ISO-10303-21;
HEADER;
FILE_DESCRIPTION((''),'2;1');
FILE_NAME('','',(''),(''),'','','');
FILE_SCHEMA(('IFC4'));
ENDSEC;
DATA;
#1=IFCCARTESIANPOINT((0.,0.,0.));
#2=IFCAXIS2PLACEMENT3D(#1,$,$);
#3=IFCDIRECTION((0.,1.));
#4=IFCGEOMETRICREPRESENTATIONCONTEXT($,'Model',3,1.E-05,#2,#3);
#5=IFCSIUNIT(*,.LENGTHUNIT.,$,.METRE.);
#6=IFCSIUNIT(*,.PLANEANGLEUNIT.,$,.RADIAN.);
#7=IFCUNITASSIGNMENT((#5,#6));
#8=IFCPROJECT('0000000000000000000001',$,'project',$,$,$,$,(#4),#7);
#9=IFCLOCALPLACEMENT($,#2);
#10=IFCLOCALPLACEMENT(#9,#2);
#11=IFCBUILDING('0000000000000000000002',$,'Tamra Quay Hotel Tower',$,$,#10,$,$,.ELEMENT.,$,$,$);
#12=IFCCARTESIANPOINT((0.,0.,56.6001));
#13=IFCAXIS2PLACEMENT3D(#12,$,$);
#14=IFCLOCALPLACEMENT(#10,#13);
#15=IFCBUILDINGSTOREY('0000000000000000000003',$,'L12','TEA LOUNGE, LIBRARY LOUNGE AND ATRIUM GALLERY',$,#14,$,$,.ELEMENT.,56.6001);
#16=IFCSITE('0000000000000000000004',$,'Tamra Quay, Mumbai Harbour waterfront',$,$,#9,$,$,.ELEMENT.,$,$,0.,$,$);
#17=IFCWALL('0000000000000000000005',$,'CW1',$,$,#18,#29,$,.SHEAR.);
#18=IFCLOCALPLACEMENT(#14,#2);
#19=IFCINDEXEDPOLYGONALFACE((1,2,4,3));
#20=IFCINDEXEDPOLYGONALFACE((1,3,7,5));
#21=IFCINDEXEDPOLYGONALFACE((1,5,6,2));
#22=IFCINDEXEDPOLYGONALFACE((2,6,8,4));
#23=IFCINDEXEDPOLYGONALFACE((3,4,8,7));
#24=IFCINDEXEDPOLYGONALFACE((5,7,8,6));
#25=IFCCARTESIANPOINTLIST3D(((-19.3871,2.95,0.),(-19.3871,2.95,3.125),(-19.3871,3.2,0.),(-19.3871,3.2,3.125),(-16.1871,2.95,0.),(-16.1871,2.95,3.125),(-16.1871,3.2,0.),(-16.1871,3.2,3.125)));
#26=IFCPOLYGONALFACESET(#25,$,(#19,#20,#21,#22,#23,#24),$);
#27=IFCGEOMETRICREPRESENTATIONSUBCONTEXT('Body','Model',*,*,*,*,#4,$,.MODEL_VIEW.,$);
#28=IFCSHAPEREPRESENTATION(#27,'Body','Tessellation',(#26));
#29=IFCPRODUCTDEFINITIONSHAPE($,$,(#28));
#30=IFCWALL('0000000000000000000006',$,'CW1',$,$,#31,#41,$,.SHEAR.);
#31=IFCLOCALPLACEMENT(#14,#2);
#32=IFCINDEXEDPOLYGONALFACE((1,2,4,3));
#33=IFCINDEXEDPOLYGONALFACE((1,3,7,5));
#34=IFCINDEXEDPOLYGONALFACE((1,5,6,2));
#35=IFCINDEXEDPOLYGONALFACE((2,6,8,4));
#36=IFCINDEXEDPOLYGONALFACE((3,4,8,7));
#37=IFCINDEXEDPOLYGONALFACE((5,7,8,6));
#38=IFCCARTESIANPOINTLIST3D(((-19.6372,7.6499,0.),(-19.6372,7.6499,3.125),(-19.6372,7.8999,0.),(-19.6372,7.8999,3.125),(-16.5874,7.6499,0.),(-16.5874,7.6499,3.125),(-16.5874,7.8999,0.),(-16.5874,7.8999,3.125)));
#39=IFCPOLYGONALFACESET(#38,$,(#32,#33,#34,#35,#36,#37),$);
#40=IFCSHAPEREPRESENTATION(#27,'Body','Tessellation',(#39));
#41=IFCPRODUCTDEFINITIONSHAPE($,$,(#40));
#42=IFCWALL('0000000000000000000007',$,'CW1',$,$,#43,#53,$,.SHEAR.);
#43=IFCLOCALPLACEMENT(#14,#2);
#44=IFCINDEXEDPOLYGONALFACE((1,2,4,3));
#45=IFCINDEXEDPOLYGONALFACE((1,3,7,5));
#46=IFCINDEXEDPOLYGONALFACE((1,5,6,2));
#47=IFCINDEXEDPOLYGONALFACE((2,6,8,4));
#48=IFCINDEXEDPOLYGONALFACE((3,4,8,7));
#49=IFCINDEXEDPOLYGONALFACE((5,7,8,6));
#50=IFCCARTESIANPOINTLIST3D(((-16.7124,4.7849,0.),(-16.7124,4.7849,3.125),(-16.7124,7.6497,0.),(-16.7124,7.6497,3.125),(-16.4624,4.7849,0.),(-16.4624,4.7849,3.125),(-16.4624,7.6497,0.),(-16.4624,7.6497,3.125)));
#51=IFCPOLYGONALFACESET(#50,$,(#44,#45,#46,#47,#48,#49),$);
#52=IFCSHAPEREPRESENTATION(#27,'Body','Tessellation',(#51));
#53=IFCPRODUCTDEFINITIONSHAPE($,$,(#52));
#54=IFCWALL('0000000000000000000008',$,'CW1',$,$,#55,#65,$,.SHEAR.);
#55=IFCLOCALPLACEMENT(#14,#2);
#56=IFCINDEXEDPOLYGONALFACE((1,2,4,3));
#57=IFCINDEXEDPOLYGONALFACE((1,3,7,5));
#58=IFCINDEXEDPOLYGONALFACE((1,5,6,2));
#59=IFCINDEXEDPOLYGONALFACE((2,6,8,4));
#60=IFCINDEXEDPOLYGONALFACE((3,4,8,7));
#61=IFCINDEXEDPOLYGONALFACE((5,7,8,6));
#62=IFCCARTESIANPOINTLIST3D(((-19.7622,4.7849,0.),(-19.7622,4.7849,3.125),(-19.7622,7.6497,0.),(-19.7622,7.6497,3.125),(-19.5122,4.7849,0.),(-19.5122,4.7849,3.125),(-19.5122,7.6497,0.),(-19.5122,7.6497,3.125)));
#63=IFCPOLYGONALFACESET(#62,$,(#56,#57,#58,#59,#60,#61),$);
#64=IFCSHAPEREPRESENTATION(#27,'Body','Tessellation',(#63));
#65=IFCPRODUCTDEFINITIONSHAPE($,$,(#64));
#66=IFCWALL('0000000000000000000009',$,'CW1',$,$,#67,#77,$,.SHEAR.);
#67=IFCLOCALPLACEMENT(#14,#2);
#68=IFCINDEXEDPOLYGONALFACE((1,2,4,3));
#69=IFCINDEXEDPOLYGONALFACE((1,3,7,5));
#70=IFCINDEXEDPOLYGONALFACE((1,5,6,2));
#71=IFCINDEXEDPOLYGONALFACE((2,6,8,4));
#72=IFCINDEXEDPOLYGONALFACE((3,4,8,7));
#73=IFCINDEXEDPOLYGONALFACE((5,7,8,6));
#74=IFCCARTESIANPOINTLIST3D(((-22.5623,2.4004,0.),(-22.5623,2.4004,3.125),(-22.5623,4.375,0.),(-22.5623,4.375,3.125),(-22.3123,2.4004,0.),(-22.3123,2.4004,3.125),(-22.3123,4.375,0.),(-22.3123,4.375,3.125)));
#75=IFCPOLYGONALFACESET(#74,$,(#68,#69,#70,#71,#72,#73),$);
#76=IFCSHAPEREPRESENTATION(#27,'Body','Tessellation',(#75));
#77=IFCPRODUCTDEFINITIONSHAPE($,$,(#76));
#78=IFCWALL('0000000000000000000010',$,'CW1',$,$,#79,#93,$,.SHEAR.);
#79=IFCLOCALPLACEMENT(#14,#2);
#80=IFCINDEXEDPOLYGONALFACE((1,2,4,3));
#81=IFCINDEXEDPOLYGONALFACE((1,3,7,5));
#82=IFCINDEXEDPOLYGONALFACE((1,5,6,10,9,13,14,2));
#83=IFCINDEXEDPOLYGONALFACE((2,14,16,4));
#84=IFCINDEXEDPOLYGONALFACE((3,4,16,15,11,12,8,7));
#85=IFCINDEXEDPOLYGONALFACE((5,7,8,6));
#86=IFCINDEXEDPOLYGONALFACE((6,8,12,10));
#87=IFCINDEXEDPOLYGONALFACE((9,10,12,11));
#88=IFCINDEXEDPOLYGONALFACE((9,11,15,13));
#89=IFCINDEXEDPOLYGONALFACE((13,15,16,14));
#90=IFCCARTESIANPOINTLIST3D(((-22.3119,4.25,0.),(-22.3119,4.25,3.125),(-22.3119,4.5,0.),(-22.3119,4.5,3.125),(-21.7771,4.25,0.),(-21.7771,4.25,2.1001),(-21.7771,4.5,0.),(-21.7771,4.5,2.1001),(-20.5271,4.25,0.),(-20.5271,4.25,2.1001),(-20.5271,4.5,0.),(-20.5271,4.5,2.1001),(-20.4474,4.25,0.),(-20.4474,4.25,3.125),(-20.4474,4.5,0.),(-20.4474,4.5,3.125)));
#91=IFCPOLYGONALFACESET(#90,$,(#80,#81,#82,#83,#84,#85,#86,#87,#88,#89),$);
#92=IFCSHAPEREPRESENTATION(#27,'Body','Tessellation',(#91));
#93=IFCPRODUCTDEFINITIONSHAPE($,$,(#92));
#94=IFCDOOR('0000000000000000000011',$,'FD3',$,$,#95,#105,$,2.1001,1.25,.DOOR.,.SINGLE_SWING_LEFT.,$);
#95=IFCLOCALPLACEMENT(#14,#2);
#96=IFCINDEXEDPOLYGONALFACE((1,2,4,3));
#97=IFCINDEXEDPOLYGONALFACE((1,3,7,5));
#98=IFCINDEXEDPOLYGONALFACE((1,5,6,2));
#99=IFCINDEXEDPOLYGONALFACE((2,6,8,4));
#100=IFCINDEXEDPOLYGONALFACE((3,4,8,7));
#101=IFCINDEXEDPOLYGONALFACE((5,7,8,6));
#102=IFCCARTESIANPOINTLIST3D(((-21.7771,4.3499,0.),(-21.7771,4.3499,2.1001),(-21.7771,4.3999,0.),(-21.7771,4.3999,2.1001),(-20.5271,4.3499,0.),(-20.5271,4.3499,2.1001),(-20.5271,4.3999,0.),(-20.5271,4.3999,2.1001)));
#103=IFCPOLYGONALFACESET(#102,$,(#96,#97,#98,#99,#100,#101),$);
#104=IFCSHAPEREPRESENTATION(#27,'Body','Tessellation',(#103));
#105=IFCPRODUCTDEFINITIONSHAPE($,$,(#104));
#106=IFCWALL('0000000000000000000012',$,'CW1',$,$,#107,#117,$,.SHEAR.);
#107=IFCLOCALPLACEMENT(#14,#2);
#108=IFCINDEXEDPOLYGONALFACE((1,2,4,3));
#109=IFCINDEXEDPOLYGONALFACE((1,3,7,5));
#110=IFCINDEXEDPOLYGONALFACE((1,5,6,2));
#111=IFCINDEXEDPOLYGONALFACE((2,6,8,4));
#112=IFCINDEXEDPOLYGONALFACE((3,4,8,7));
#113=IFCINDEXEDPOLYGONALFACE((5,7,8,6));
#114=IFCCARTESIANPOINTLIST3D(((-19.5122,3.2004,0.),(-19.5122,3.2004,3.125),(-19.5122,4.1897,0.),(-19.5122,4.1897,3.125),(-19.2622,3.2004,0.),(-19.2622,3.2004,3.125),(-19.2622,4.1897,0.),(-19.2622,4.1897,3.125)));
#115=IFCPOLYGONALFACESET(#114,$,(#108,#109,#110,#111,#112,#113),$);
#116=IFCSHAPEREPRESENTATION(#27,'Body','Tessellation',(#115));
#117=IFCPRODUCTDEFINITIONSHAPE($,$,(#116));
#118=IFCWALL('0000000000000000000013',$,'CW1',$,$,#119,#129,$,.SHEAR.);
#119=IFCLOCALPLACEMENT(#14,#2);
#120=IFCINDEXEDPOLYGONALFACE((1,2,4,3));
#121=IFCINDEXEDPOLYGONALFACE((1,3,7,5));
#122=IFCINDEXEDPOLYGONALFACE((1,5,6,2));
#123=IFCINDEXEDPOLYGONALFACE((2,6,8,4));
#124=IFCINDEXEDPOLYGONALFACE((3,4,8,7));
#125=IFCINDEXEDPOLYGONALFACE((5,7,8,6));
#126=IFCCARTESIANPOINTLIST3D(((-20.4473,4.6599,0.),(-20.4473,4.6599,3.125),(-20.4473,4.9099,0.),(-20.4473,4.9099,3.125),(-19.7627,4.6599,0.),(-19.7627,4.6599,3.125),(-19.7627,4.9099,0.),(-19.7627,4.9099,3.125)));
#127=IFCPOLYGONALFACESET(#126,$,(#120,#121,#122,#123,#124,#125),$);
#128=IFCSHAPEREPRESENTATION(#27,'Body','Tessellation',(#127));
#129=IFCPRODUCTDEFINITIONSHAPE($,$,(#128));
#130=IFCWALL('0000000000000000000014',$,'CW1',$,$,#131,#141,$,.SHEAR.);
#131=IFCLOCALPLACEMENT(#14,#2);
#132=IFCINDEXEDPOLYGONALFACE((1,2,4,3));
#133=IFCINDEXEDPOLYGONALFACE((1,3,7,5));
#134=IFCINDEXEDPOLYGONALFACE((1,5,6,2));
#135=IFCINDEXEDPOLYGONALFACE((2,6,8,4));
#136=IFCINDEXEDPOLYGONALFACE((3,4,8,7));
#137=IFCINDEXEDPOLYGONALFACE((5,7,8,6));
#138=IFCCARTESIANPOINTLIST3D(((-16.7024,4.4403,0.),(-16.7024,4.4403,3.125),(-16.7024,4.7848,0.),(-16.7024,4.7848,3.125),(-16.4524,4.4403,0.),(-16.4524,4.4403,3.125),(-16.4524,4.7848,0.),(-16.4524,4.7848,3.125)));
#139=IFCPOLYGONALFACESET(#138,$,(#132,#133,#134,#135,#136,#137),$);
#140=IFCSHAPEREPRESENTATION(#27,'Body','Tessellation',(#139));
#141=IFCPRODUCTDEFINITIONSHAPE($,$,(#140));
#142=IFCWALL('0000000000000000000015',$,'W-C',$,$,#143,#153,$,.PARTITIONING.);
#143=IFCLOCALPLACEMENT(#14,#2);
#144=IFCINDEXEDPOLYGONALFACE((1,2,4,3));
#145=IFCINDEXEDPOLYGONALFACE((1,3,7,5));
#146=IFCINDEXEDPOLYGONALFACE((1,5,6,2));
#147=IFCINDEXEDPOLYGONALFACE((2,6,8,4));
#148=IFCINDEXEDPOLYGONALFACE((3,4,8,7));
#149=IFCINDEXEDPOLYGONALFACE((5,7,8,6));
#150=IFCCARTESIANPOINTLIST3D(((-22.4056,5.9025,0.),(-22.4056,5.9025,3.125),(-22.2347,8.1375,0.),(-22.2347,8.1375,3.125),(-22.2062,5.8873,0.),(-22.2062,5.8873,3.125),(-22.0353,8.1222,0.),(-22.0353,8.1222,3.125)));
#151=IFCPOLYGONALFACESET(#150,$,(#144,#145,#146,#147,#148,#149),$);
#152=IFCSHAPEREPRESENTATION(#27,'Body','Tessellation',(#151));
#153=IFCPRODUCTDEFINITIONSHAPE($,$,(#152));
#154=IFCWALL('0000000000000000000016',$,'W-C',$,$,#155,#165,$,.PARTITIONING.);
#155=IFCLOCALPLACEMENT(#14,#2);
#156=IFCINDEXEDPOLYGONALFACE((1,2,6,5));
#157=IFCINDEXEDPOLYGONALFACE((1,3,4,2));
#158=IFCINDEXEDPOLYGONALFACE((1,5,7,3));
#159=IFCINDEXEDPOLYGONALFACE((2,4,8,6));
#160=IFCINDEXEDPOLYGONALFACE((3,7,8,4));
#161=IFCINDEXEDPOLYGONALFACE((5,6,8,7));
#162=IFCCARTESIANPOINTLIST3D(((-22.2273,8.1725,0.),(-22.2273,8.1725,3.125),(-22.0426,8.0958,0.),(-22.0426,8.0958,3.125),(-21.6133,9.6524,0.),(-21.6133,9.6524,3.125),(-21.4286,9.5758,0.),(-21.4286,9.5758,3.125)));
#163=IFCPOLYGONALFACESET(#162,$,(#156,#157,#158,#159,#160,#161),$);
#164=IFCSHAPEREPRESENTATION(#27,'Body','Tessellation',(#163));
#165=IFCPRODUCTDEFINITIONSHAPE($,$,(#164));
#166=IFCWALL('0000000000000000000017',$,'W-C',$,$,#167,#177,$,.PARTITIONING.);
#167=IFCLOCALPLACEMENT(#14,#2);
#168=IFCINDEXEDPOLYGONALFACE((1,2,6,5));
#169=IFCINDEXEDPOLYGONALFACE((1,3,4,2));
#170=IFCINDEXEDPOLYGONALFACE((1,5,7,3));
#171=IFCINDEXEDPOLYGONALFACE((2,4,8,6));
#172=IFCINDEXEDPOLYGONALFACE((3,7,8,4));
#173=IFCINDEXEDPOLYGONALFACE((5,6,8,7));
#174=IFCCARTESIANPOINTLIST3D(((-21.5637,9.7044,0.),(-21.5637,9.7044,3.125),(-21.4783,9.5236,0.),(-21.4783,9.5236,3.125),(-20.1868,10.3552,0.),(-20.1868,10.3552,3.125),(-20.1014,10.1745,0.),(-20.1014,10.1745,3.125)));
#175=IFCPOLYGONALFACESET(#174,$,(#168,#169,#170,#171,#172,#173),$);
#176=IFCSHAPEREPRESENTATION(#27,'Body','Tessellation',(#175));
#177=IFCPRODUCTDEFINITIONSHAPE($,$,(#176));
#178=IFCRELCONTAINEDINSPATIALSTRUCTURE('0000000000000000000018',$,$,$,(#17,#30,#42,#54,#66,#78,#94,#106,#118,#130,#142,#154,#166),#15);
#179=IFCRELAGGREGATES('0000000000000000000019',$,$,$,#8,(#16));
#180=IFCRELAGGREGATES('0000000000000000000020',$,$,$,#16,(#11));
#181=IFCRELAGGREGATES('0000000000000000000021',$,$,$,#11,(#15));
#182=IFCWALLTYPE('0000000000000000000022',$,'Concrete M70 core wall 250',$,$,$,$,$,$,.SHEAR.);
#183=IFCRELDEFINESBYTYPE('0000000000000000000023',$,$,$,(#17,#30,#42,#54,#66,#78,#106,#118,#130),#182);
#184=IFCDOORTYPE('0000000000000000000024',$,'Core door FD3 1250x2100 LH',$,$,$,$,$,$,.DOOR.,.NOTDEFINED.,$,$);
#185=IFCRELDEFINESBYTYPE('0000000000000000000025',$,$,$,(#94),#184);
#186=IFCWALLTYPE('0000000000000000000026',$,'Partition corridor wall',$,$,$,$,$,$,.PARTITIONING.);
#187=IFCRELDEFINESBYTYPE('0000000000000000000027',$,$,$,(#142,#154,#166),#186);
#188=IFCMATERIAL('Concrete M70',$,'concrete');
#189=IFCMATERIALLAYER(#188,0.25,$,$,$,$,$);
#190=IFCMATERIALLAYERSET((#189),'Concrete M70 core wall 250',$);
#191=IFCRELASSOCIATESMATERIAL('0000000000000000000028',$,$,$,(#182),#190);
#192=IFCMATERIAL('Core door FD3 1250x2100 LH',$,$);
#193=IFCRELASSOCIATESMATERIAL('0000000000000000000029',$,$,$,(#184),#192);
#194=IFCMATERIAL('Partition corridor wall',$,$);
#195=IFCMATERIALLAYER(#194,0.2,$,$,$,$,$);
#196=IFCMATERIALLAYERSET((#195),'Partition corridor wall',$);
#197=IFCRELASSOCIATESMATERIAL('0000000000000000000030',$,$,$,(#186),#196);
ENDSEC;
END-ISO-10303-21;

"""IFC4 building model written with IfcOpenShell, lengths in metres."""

from ifc_helpers import new_model, si_unit, direction, frame, frame_2d, origin, place, context, subcontext, project, spatial, rectangle, extrude, material, layer, layer_set, type_object, element, fill, save


model = new_model("IFC4")

# Units and contexts
model_context = context("Model", 3, precision=1e-05, world=origin(), true_north=direction((0.0, 1.0)))
body_context = subcontext(model_context, "Body", "Model", "MODEL_VIEW")
ifc_project = project(units=[si_unit("LENGTHUNIT", "METRE"), si_unit("PLANEANGLEUNIT", "RADIAN")], contexts=[model_context])

# Site, building, storey
site_placement = place(None, origin())
site = spatial("IfcSite", under=ifc_project, at=site_placement, Name="Tamra Quay, Mumbai Harbour waterfront", CompositionType="ELEMENT", RefElevation=0.0)
building_placement = place(site_placement, origin())
building = spatial("IfcBuilding", under=site, at=building_placement, Name="Tamra Quay Hotel Tower", CompositionType="ELEMENT")
storey_placement = place(building_placement, frame((0.0, 0.0, 56.6001)))
storey = spatial("IfcBuildingStorey", under=building, at=storey_placement, Name="L12", Description="TEA LOUNGE, LIBRARY LOUNGE AND ATRIUM GALLERY", CompositionType="ELEMENT", Elevation=56.6001)

# Shared definitions
ifc_material_1 = material(Name="Concrete M70", Category="concrete")

# Walls
ifc_layer_1 = layer(ifc_material_1, 0.25)
ifc_layer_set_1 = layer_set([ifc_layer_1], Name="Concrete M70 core wall 250")
wall_type_1 = type_object("IfcWallType", Name="Concrete M70 core wall 250", PredefinedType="SHEAR", material=ifc_layer_set_1)
wall_1_placement = place(storey_placement, frame((-19.3872, 3.075, 0.0), z_axis=(0.0, 0.0, 1.0), x_axis=(1.0, 0.0, 0.0)))
element("IfcWall", 1, at=wall_1_placement, inside=storey, type_object=wall_type_1, Name="CW1", PredefinedType="SHEAR", context=body_context, shape_type="SweptSolid", body=[
    extrude(rectangle(XDim=3.2, YDim=0.25, at=frame_2d((1.6001, 0.0))), origin(), (0.0, 0.0, 1.0), 3.125),
])
wall_2_placement = place(storey_placement, frame((-19.6372, 7.7749, 0.0), z_axis=(0.0, 0.0, 1.0), x_axis=(1.0, 0.0, 0.0)))
element("IfcWall", 2, at=wall_2_placement, inside=storey, type_object=wall_type_1, Name="CW1", PredefinedType="SHEAR", context=body_context, shape_type="SweptSolid", body=[
    extrude(rectangle(XDim=3.0498, YDim=0.25, at=frame_2d((1.5249, 0.0))), origin(), (0.0, 0.0, 1.0), 3.125),
])
for number, where, z_axis, x_axis, name in (
    (3, (-16.5874, 7.6497, 0.0), (0.0, 0.0, 1.0), (0.0, -1.0, 0.0), "CW1"),
    (4, (-19.6372, 4.7849, 0.0), (0.0, 0.0, 1.0), (0.0, 1.0, 0.0), "CW1"),
):
    element("IfcWall", number, at=place(storey_placement, frame(where, z_axis=z_axis, x_axis=x_axis)), inside=storey, type_object=wall_type_1, Name=name, PredefinedType="SHEAR", context=body_context, shape_type="SweptSolid", body=[
        extrude(rectangle(XDim=2.8647, YDim=0.25, at=frame_2d((1.4324, 0.0))), origin(), (0.0, 0.0, 1.0), 3.125),
    ])
wall_3_placement = place(storey_placement, frame((-22.4373, 2.4004, 0.0), z_axis=(0.0, 0.0, 1.0), x_axis=(0.0, 1.0, 0.0)))
element("IfcWall", 5, at=wall_3_placement, inside=storey, type_object=wall_type_1, Name="CW1", PredefinedType="SHEAR", context=body_context, shape_type="SweptSolid", body=[
    extrude(rectangle(XDim=1.9746, YDim=0.25, at=frame_2d((0.9873, 0.0))), origin(), (0.0, 0.0, 1.0), 3.125),
])

# Wall, opening, door
wall_4_placement = place(storey_placement, frame((-22.3118, 4.375, 0.0), z_axis=(0.0, 0.0, 1.0), x_axis=(1.0, 0.0, 0.0)))
wall_4 = element("IfcWall", 6, at=wall_4_placement, inside=storey, type_object=wall_type_1, Name="CW1", PredefinedType="SHEAR", context=body_context, shape_type="SweptSolid", body=[
    extrude(rectangle(XDim=1.8645, YDim=0.25, at=frame_2d((0.9321, 0.0))), origin(), (0.0, 0.0, 1.0), 3.125),
])
opening_1_placement = place(wall_4_placement, frame((0.5347, 0.0, 0.0)))
opening_1 = element("IfcOpeningElement", 7, at=opening_1_placement, cuts=wall_4, PredefinedType="OPENING", context=body_context, shape_type="SweptSolid", body=[
    extrude(rectangle(XDim=1.25, YDim=2.1001, at=frame_2d((0.625, 1.05))), frame((0.0, 0.135, 0.0), z_axis=(0.0, -1.0, 0.0), x_axis=(1.0, 0.0, 0.0)), (0.0, 0.0, 1.0), 0.27),
])
ifc_material_2 = material(Name="Core door FD3 1250x2100 LH")
door_type_1 = type_object("IfcDoorType", Name="Core door FD3 1250x2100 LH", OperationType="NOTDEFINED", PredefinedType="DOOR", material=ifc_material_2)
door_1_placement = place(opening_1_placement, origin())
door_1 = element("IfcDoor", 8, at=door_1_placement, inside=storey, type_object=door_type_1, Name="FD3", OperationType="SINGLE_SWING_LEFT", OverallHeight=2.1001, OverallWidth=1.25, PredefinedType="DOOR", context=body_context, shape_type="SweptSolid", body=[
    extrude(rectangle(XDim=1.25, YDim=2.1001, at=frame_2d((0.625, 1.05))), frame((0.0, 0.0249, 0.0), z_axis=(0.0, -1.0, 0.0), x_axis=(1.0, 0.0, 0.0)), (0.0, 0.0, 1.0), 0.05),
])
fill(opening_1, door_1)

# Walls
wall_5_placement = place(storey_placement, frame((-19.3872, 4.1897, 0.0), z_axis=(0.0, 0.0, 1.0), x_axis=(0.0, -1.0, 0.0)))
element("IfcWall", 9, at=wall_5_placement, inside=storey, type_object=wall_type_1, Name="CW1", PredefinedType="SHEAR", context=body_context, shape_type="SweptSolid", body=[
    extrude(rectangle(XDim=0.9893, YDim=0.25, at=frame_2d((0.4946, 0.0))), origin(), (0.0, 0.0, 1.0), 3.125),
])
wall_6_placement = place(storey_placement, frame((-20.4473, 4.7849, 0.0), z_axis=(0.0, 0.0, 1.0), x_axis=(1.0, 0.0, 0.0)))
element("IfcWall", 10, at=wall_6_placement, inside=storey, type_object=wall_type_1, Name="CW1", PredefinedType="SHEAR", context=body_context, shape_type="SweptSolid", body=[
    extrude(rectangle(XDim=0.6846, YDim=0.25, at=frame_2d((0.3423, 0.0))), origin(), (0.0, 0.0, 1.0), 3.125),
])
wall_7_placement = place(storey_placement, frame((-16.5774, 4.7849, 0.0), z_axis=(0.0, 0.0, 1.0), x_axis=(0.0, -1.0, 0.0)))
element("IfcWall", 11, at=wall_7_placement, inside=storey, type_object=wall_type_1, Name="CW1", PredefinedType="SHEAR", context=body_context, shape_type="SweptSolid", body=[
    extrude(rectangle(XDim=0.3445, YDim=0.25, at=frame_2d((0.1724, 0.0))), origin(), (0.0, 0.0, 1.0), 3.125),
])
ifc_material_3 = material(Name="Partition corridor wall")
ifc_layer_2 = layer(ifc_material_3, 0.2)
ifc_layer_set_2 = layer_set([ifc_layer_2], Name="Partition corridor wall")
wall_type_2 = type_object("IfcWallType", Name="Partition corridor wall", PredefinedType="PARTITIONING", material=ifc_layer_set_2)
wall_8_placement = place(storey_placement, frame((-22.3059, 5.895, 0.0), z_axis=(0.0, 0.0, 1.0), x_axis=(0.076247, 0.997089, 0.0)))
element("IfcWall", 12, at=wall_8_placement, inside=storey, type_object=wall_type_2, Name="W-C", PredefinedType="PARTITIONING", context=body_context, shape_type="SweptSolid", body=[
    extrude(rectangle(XDim=2.2415, YDim=0.2, at=frame_2d((1.1206, 0.0))), origin(), (0.0, 0.0, 1.0), 3.125),
])
wall_9_placement = place(storey_placement, frame((-22.135, 8.134, 0.0), z_axis=(0.0, 0.0, 1.0), x_axis=(0.383208, 0.923662, 0.0)))
element("IfcWall", 13, at=wall_9_placement, inside=storey, type_object=wall_type_2, Name="W-C", PredefinedType="PARTITIONING", context=body_context, shape_type="SweptSolid", body=[
    extrude(rectangle(XDim=1.6023, YDim=0.2, at=frame_2d((0.8013, 0.0))), origin(), (0.0, 0.0, 1.0), 3.125),
])
wall_10_placement = place(storey_placement, frame((-21.521, 9.614, 0.0), z_axis=(0.0, 0.0, 1.0), x_axis=(0.904084, 0.427356, 0.0)))
element("IfcWall", 14, at=wall_10_placement, inside=storey, type_object=wall_type_2, Name="W-C", PredefinedType="PARTITIONING", context=body_context, shape_type="SweptSolid", body=[
    extrude(rectangle(XDim=1.5229, YDim=0.2, at=frame_2d((0.7615, 0.0))), origin(), (0.0, 0.0, 1.0), 3.125),
])

save(model, "model.ifc")
